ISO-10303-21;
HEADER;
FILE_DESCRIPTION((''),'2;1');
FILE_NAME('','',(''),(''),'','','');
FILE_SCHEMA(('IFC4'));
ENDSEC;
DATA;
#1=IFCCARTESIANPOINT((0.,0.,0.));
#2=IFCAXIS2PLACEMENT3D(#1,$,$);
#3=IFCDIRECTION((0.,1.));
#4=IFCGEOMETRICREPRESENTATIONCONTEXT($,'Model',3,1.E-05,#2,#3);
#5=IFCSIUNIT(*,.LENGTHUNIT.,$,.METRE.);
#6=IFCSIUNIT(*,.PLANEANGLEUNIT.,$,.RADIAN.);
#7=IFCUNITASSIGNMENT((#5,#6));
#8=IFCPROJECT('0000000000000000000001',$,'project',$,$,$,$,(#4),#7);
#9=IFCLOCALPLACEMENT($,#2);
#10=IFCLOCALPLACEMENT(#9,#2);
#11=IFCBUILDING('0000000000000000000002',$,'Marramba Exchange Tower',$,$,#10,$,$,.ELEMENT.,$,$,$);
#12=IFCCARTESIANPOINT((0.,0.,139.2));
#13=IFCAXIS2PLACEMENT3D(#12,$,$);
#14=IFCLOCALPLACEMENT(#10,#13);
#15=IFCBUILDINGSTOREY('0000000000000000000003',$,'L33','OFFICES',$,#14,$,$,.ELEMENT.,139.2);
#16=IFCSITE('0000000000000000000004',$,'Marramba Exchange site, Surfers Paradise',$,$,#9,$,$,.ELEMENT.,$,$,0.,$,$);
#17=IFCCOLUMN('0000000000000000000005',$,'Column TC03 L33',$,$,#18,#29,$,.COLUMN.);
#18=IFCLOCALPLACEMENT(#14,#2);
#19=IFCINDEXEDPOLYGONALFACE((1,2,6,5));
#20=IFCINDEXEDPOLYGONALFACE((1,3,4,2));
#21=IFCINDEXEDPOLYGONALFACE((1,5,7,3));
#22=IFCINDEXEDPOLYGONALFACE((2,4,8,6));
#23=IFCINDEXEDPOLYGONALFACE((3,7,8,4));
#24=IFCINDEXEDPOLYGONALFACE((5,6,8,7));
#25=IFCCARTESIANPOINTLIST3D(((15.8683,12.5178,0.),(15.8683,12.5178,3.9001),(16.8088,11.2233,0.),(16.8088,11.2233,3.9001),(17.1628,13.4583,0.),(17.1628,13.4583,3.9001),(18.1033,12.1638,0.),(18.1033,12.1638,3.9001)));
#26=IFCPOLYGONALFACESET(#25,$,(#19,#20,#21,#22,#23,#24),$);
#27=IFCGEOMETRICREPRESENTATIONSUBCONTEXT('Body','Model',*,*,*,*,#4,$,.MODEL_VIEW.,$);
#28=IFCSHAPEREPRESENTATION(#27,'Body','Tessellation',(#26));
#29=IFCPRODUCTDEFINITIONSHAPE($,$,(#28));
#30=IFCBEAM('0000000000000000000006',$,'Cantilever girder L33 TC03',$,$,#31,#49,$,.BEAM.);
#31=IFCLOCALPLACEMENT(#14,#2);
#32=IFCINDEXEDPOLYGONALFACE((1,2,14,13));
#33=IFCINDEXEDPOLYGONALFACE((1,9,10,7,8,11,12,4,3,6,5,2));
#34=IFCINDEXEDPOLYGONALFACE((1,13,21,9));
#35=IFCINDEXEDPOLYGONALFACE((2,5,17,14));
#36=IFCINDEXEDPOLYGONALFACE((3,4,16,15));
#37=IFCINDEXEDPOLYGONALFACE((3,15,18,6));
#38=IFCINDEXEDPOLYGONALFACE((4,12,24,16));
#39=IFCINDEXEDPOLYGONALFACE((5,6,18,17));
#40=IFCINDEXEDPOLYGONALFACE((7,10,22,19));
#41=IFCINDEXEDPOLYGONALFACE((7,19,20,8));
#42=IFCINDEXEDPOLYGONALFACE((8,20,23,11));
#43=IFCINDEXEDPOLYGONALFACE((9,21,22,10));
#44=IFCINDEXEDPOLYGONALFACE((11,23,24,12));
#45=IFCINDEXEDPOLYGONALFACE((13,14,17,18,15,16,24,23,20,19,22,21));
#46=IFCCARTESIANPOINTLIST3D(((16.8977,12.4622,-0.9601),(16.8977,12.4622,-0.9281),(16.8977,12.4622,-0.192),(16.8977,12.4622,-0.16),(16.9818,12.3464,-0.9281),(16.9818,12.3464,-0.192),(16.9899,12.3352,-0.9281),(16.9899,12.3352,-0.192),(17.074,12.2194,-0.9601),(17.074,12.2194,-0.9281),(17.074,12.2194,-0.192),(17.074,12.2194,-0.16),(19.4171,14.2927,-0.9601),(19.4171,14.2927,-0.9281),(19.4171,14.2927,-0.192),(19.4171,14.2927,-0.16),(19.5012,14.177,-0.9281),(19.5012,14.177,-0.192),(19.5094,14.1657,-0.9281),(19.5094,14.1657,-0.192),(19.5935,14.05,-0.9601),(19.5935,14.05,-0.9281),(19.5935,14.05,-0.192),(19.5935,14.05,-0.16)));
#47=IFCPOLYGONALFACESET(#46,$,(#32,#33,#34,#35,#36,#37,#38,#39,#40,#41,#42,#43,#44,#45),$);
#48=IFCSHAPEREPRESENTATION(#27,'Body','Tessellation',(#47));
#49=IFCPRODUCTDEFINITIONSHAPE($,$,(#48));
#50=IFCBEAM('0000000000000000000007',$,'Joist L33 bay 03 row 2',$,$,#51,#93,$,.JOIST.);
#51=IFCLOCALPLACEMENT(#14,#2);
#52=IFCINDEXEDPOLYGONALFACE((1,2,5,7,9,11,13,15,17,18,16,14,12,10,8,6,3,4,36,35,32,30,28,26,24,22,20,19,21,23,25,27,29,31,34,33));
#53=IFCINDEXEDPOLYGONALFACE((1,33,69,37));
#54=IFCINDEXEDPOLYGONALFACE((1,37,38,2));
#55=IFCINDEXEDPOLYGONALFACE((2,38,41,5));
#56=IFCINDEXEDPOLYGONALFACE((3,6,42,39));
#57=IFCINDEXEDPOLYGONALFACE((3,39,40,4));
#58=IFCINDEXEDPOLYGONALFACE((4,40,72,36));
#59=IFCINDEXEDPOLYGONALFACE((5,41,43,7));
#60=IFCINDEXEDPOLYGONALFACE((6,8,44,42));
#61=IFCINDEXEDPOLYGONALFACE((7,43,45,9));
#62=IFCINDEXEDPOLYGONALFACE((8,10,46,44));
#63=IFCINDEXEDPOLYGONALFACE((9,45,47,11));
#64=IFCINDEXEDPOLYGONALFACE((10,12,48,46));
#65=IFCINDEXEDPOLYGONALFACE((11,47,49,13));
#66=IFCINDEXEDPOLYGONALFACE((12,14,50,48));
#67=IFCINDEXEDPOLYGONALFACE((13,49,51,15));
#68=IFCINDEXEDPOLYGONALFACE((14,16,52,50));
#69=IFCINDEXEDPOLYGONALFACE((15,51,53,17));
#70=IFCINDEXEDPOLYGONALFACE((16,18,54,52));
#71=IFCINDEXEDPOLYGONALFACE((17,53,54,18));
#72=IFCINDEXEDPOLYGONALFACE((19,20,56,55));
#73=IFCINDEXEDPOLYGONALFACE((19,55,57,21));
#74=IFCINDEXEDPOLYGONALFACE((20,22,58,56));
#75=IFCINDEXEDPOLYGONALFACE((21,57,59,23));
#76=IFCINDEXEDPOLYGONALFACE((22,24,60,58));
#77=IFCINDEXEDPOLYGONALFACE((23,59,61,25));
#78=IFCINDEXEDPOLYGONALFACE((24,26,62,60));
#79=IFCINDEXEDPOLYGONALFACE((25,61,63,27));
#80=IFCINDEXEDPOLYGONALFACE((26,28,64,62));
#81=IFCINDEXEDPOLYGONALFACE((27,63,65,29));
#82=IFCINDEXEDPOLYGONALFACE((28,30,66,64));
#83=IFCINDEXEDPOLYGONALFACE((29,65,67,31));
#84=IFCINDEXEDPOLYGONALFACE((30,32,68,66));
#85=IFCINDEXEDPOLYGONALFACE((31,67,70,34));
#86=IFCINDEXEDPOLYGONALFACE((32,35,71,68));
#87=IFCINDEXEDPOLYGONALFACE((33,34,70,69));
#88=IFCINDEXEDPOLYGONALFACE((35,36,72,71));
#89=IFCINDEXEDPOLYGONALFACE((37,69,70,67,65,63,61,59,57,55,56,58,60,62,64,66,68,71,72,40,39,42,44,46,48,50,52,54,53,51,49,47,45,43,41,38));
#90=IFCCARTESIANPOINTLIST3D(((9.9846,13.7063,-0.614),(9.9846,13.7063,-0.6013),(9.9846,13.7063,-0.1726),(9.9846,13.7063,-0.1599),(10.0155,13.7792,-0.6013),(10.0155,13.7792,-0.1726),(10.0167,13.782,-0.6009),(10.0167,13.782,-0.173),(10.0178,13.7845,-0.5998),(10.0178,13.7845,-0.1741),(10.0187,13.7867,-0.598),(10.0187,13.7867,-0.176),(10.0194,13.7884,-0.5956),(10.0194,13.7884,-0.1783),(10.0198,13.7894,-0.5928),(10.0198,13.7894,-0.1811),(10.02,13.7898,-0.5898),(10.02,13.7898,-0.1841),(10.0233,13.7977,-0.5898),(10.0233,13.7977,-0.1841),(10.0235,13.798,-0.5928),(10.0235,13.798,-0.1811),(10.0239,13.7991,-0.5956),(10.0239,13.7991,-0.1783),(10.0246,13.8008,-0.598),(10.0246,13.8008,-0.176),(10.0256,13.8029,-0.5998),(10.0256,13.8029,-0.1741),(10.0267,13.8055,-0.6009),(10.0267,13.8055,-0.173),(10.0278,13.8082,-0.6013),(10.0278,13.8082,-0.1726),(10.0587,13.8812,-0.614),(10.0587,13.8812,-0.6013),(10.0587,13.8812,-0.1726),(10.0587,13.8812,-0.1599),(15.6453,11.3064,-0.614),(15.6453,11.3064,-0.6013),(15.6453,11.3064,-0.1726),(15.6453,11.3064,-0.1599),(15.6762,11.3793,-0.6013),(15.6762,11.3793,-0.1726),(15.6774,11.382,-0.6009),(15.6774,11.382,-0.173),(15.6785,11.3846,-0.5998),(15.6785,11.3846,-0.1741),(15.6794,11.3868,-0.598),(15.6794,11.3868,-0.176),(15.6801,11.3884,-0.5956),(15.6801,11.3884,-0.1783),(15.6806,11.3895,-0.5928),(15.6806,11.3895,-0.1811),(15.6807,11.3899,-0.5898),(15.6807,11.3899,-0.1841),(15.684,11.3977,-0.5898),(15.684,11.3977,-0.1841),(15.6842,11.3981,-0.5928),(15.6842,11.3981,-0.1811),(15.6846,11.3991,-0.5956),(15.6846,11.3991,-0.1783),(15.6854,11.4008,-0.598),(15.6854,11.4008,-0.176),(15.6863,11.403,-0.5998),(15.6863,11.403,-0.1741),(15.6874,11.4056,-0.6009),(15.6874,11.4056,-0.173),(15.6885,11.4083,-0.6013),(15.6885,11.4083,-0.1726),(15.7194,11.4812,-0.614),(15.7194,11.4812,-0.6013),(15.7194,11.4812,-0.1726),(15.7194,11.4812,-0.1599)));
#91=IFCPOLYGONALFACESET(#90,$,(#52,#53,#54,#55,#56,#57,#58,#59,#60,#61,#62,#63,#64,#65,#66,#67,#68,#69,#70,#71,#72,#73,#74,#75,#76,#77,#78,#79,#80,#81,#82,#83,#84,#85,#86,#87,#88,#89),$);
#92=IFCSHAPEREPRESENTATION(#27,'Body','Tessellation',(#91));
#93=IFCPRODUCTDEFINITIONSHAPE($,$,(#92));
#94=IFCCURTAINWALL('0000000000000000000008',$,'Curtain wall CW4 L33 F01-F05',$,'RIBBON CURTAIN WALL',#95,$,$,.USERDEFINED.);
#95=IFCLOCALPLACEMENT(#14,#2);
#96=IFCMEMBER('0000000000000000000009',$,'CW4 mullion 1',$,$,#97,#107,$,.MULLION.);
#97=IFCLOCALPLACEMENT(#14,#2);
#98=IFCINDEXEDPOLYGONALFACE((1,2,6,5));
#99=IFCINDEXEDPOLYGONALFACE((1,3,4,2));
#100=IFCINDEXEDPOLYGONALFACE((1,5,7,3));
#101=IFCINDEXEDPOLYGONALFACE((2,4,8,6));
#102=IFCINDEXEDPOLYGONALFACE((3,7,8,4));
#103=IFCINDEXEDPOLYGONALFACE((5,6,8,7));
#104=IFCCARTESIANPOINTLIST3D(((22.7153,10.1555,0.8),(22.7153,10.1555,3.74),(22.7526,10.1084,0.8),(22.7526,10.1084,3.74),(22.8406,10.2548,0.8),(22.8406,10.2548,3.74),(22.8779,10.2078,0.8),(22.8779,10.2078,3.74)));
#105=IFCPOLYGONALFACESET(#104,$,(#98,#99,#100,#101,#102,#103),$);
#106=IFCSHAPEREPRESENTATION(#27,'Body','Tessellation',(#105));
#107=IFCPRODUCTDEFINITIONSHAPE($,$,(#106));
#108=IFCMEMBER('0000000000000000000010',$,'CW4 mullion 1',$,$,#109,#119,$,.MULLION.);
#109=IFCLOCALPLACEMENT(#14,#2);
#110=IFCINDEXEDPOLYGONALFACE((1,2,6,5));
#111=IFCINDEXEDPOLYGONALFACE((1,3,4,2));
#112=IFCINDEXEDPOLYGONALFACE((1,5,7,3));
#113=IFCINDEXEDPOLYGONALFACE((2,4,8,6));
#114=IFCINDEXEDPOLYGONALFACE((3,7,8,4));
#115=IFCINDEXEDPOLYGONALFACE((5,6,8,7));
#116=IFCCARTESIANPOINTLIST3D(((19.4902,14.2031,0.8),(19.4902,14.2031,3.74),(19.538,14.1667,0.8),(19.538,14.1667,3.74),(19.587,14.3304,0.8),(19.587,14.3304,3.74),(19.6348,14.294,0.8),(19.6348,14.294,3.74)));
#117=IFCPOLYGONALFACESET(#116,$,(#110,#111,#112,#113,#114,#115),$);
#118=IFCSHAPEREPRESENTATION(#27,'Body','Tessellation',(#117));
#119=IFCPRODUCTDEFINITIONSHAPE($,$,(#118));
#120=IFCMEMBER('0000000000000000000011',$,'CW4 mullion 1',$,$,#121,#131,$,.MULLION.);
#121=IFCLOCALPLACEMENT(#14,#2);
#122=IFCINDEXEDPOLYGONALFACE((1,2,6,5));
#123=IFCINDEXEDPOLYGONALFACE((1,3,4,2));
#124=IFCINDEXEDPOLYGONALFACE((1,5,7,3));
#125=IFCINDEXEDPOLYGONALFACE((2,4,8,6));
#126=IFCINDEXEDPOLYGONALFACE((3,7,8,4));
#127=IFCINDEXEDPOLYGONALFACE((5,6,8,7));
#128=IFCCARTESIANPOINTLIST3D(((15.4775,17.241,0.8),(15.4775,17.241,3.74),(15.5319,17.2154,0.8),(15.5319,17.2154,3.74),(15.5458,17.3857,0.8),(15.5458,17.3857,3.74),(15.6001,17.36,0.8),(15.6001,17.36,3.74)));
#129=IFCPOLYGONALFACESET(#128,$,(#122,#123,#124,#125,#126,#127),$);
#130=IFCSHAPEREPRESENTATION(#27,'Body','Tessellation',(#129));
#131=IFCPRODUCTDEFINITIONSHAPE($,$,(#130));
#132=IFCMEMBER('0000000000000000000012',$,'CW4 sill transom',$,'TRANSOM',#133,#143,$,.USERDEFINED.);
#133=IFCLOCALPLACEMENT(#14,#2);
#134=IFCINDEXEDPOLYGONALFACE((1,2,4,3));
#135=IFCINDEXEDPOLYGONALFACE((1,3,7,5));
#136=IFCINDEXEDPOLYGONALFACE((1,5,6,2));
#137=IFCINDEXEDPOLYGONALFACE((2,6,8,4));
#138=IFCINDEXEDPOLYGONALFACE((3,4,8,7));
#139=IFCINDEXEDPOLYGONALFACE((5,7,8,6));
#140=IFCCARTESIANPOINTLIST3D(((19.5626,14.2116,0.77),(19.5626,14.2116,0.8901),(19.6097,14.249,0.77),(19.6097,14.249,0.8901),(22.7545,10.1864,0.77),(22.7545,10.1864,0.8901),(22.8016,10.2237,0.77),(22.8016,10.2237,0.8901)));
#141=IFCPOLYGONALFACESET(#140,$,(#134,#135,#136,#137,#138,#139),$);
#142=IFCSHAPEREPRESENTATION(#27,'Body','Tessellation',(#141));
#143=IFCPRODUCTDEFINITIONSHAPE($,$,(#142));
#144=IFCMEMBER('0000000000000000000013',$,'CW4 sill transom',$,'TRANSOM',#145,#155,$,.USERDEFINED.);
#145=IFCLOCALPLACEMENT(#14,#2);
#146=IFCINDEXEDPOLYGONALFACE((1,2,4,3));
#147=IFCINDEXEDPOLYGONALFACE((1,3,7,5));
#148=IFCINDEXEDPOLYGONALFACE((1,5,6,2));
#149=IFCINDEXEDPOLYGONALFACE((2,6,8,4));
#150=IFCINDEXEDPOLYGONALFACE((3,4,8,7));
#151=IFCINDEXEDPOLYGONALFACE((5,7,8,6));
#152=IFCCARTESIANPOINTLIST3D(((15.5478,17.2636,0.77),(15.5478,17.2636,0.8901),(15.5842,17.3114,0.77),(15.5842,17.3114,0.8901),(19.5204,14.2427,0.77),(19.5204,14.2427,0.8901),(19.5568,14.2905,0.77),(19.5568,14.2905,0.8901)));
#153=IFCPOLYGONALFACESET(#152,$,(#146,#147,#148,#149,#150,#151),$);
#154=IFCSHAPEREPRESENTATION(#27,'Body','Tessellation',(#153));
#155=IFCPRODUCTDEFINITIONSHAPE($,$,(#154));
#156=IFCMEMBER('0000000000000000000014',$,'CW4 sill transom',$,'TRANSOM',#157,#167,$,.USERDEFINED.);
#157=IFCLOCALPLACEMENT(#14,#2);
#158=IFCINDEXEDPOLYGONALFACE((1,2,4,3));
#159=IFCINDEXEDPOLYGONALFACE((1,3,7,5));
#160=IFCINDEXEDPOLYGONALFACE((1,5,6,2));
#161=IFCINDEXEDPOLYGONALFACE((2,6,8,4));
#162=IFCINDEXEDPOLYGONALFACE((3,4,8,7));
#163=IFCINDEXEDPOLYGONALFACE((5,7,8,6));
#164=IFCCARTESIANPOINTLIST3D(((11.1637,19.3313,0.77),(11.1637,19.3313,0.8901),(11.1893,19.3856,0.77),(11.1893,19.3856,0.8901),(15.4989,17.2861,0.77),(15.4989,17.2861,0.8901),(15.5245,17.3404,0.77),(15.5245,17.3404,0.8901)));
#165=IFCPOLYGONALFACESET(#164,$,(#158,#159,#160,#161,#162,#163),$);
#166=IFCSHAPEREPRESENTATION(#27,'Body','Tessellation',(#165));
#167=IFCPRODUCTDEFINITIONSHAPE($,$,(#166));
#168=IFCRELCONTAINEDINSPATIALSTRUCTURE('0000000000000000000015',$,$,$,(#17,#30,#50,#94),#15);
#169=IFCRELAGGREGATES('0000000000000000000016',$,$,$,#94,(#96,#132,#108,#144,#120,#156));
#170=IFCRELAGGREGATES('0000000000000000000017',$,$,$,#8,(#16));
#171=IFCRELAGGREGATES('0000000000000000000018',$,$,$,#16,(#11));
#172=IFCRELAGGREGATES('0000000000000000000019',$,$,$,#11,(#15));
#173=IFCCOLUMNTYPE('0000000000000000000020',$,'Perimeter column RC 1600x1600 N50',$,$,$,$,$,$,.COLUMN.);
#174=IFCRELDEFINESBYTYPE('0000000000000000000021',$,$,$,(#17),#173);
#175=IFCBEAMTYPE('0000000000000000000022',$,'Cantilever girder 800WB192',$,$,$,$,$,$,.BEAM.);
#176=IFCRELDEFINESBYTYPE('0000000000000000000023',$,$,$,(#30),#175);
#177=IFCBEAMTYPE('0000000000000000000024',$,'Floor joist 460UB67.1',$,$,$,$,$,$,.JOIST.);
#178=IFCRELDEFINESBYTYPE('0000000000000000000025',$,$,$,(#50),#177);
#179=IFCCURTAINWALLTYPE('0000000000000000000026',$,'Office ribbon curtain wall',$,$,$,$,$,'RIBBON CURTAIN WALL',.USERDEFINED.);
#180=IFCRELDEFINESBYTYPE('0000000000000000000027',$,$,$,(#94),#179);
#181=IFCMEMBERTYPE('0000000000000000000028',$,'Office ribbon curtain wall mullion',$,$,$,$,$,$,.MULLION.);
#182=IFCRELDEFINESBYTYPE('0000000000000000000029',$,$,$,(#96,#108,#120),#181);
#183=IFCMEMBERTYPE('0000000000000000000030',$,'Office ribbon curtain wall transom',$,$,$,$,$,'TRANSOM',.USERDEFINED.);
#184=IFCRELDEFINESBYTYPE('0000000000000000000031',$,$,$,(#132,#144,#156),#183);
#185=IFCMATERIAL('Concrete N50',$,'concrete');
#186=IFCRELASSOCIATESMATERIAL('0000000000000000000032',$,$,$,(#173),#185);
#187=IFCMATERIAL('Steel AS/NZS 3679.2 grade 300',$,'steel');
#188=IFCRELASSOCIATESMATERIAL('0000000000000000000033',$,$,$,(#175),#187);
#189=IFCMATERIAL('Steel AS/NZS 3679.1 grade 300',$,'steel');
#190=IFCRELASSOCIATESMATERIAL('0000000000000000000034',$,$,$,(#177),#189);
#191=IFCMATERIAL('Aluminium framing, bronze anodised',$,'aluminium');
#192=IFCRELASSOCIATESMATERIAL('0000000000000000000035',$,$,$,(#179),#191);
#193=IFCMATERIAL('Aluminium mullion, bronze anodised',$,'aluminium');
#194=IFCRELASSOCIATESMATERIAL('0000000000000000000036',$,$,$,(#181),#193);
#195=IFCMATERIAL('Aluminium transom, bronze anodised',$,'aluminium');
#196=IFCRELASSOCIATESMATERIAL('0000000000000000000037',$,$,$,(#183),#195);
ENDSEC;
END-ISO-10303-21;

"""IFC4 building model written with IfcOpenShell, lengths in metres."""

from ifc_helpers import new_model, si_unit, direction, frame, origin, origin_2d, place, context, subcontext, project, spatial, rectangle, i_section, extrude, material, material_profile, profile_set, type_object, element, aggregate, save


model = new_model("IFC4")

# Units and contexts
model_context = context("Model", 3, precision=1e-05, world=origin(), true_north=direction((0.0, 1.0)))
body_context = subcontext(model_context, "Body", "Model", "MODEL_VIEW")
ifc_project = project(units=[si_unit("LENGTHUNIT", "METRE"), si_unit("PLANEANGLEUNIT", "RADIAN")], contexts=[model_context])

# Site, building, storey
site_placement = place(None, origin())
site = spatial("IfcSite", under=ifc_project, at=site_placement, Name="Marramba Exchange site, Surfers Paradise", CompositionType="ELEMENT", RefElevation=0.0)
building_placement = place(site_placement, origin())
building = spatial("IfcBuilding", under=site, at=building_placement, Name="Marramba Exchange Tower", CompositionType="ELEMENT")
storey_placement = place(building_placement, frame((0.0, 0.0, 139.2)))
storey = spatial("IfcBuildingStorey", under=building, at=storey_placement, Name="L33", Description="OFFICES", CompositionType="ELEMENT", Elevation=139.2)

# Column
ifc_material_1 = material(Name="Concrete N50", Category="concrete")
ifc_material_profile_1 = material_profile(ifc_material_1, rectangle(XDim=1.6001, YDim=1.6001, at=origin_2d()), Name="RC 1600x1600")
ifc_profile_set_1 = profile_set([ifc_material_profile_1], Name="Concrete N50")
column_type = type_object("IfcColumnType", Name="Perimeter column RC 1600x1600 N50", PredefinedType="COLUMN", material=ifc_profile_set_1)
column_placement = place(storey_placement, frame((16.9858, 12.3408, 0.0), z_axis=(0.0, 0.0, 1.0), x_axis=(0.809017, 0.587785, 0.0)))
element("IfcColumn", 1, at=column_placement, inside=storey, type_object=column_type, Name="Column TC03 L33", PredefinedType="COLUMN", context=body_context, shape_type="SweptSolid", body=[
    extrude(rectangle(XDim=1.6001, YDim=1.6001, at=origin_2d()), origin(), (0.0, 0.0, 1.0), 3.9001),
])

# Beams
ifc_material_2 = material(Name="Steel AS/NZS 3679.2 grade 300", Category="steel")
ifc_material_profile_2 = material_profile(ifc_material_2, i_section(OverallWidth=0.3, OverallDepth=0.8, WebThickness=0.0139, FlangeThickness=0.032, at=origin_2d()), Name="800WB192")
ifc_profile_set_2 = profile_set([ifc_material_profile_2], Name="Steel AS/NZS 3679.2 grade 300")
beam_type_1 = type_object("IfcBeamType", Name="Cantilever girder 800WB192", PredefinedType="BEAM", material=ifc_profile_set_2)
beam_1_placement = place(storey_placement, frame((16.9858, 12.3408, -0.5601), z_axis=(0.809014, 0.587789, 0.0), x_axis=(-0.587789, 0.809014, 0.0)))
element("IfcBeam", 2, at=beam_1_placement, inside=storey, type_object=beam_type_1, Name="Cantilever girder L33 TC03", PredefinedType="BEAM", context=body_context, shape_type="SweptSolid", body=[
    extrude(i_section(OverallWidth=0.3, OverallDepth=0.8, WebThickness=0.0139, FlangeThickness=0.032, at=origin_2d()), origin(), (0.0, 0.0, 1.0), 3.1143),
])
ifc_material_3 = material(Name="Steel AS/NZS 3679.1 grade 300", Category="steel")
ifc_material_profile_3 = material_profile(ifc_material_3, i_section(OverallWidth=0.1899, OverallDepth=0.4541, WebThickness=0.0085, FlangeThickness=0.0127, FilletRadius=0.0115, at=origin_2d()), Name="460UB67.1")
ifc_profile_set_3 = profile_set([ifc_material_profile_3], Name="Steel AS/NZS 3679.1 grade 300")
beam_type_2 = type_object("IfcBeamType", Name="Floor joist 460UB67.1", PredefinedType="JOIST", material=ifc_profile_set_3)
beam_2_placement = place(storey_placement, frame((15.6824, 11.3938, -0.387), z_axis=(-0.920674, 0.390332, 0.0), x_axis=(-0.390332, -0.920674, 0.0)))
element("IfcBeam", 3, at=beam_2_placement, inside=storey, type_object=beam_type_2, Name="Joist L33 bay 03 row 2", PredefinedType="JOIST", context=body_context, shape_type="SweptSolid", body=[
    extrude(i_section(OverallWidth=0.1899, OverallDepth=0.4541, WebThickness=0.0085, FlangeThickness=0.0127, FilletRadius=0.0115, at=origin_2d()), origin(), (0.0, 0.0, 1.0), 6.1484),
])

# Curtain wall, members
ifc_material_4 = material(Name="Aluminium framing, bronze anodised", Category="aluminium")
curtain_wall_type = type_object("IfcCurtainWallType", Name="Office ribbon curtain wall", ElementType="RIBBON CURTAIN WALL", PredefinedType="USERDEFINED", material=ifc_material_4)
curtain_wall_placement = place(storey_placement, origin())
curtain_wall = element("IfcCurtainWall", 4, at=curtain_wall_placement, inside=storey, type_object=curtain_wall_type, Name="Curtain wall CW4 L33 F01-F05", ObjectType="RIBBON CURTAIN WALL", PredefinedType="USERDEFINED")
ifc_material_5 = material(Name="Aluminium mullion, bronze anodised", Category="aluminium")
ifc_material_profile_4 = material_profile(ifc_material_5, rectangle(XDim=0.1599, YDim=0.0601, at=origin_2d()), Name="CW4 mullion 60x160")
ifc_profile_set_4 = profile_set([ifc_material_profile_4], Name="Aluminium mullion, bronze anodised")
member_type_1 = type_object("IfcMemberType", Name="Office ribbon curtain wall mullion", PredefinedType="MULLION", material=ifc_profile_set_4)
member_1_placement = place(storey_placement, frame((22.7966, 10.1816, 0.8), z_axis=(0.0, 0.0, 1.0), x_axis=(-0.783563, -0.621312, 0.0)))
member_1 = element("IfcMember", 5, at=member_1_placement, type_object=member_type_1, Name="CW4 mullion 1", PredefinedType="MULLION", context=body_context, shape_type="SweptSolid", body=[
    extrude(rectangle(XDim=0.1599, YDim=0.0601, at=origin_2d()), origin(), (0.0, 0.0, 1.0), 2.9399),
])
member_2_placement = place(storey_placement, frame((19.5625, 14.2485, 0.8), z_axis=(0.0, 0.0, 1.0), x_axis=(-0.605334, -0.795972, 0.0)))
member_2 = element("IfcMember", 6, at=member_2_placement, type_object=member_type_1, Name="CW4 mullion 1", PredefinedType="MULLION", context=body_context, shape_type="SweptSolid", body=[
    extrude(rectangle(XDim=0.1599, YDim=0.0601, at=origin_2d()), origin(), (0.0, 0.0, 1.0), 2.9399),
])
member_3_placement = place(storey_placement, frame((15.5388, 17.3005, 0.8), z_axis=(0.0, 0.0, 1.0), x_axis=(-0.426679, -0.904403, 0.0)))
member_3 = element("IfcMember", 7, at=member_3_placement, type_object=member_type_1, Name="CW4 mullion 1", PredefinedType="MULLION", context=body_context, shape_type="SweptSolid", body=[
    extrude(rectangle(XDim=0.1599, YDim=0.0601, at=origin_2d()), origin(), (0.0, 0.0, 1.0), 2.9399),
])
ifc_material_6 = material(Name="Aluminium transom, bronze anodised", Category="aluminium")
ifc_material_profile_5 = material_profile(ifc_material_6, rectangle(XDim=0.0601, YDim=0.1201, at=origin_2d()), Name="CW4 transom 60x120")
ifc_profile_set_5 = profile_set([ifc_material_profile_5], Name="Aluminium transom, bronze anodised")
member_type_2 = type_object("IfcMemberType", Name="Office ribbon curtain wall transom", ElementType="TRANSOM", PredefinedType="USERDEFINED", material=ifc_profile_set_5)
member_4_placement = place(storey_placement, frame((22.7781, 10.2051, 0.8301), z_axis=(-0.621339, 0.783542, 0.0), x_axis=(-0.783542, -0.621339, 0.0)))
member_4 = element("IfcMember", 8, at=member_4_placement, type_object=member_type_2, Name="CW4 sill transom", ObjectType="TRANSOM", PredefinedType="USERDEFINED", context=body_context, shape_type="SweptSolid", body=[
    extrude(rectangle(XDim=0.0601, YDim=0.1201, at=origin_2d()), origin(), (0.0, 0.0, 1.0), 5.1372),
])
member_5_placement = place(storey_placement, frame((19.5386, 14.2666, 0.8301), z_axis=(-0.795991, 0.605309, 0.0), x_axis=(-0.605309, -0.795991, 0.0)))
member_5 = element("IfcMember", 9, at=member_5_placement, type_object=member_type_2, Name="CW4 sill transom", ObjectType="TRANSOM", PredefinedType="USERDEFINED", context=body_context, shape_type="SweptSolid", body=[
    extrude(rectangle(XDim=0.0601, YDim=0.1201, at=origin_2d()), origin(), (0.0, 0.0, 1.0), 4.9907),
])
member_6_placement = place(storey_placement, frame((15.5117, 17.3132, 0.8301), z_axis=(-0.904411, 0.426663, 0.0), x_axis=(-0.426663, -0.904411, 0.0)))
member_6 = element("IfcMember", 10, at=member_6_placement, type_object=member_type_2, Name="CW4 sill transom", ObjectType="TRANSOM", PredefinedType="USERDEFINED", context=body_context, shape_type="SweptSolid", body=[
    extrude(rectangle(XDim=0.0601, YDim=0.1201, at=origin_2d()), origin(), (0.0, 0.0, 1.0), 4.7935),
])

aggregate(curtain_wall, [member_1, member_4, member_2, member_5, member_3, member_6])

save(model, "model.ifc")
